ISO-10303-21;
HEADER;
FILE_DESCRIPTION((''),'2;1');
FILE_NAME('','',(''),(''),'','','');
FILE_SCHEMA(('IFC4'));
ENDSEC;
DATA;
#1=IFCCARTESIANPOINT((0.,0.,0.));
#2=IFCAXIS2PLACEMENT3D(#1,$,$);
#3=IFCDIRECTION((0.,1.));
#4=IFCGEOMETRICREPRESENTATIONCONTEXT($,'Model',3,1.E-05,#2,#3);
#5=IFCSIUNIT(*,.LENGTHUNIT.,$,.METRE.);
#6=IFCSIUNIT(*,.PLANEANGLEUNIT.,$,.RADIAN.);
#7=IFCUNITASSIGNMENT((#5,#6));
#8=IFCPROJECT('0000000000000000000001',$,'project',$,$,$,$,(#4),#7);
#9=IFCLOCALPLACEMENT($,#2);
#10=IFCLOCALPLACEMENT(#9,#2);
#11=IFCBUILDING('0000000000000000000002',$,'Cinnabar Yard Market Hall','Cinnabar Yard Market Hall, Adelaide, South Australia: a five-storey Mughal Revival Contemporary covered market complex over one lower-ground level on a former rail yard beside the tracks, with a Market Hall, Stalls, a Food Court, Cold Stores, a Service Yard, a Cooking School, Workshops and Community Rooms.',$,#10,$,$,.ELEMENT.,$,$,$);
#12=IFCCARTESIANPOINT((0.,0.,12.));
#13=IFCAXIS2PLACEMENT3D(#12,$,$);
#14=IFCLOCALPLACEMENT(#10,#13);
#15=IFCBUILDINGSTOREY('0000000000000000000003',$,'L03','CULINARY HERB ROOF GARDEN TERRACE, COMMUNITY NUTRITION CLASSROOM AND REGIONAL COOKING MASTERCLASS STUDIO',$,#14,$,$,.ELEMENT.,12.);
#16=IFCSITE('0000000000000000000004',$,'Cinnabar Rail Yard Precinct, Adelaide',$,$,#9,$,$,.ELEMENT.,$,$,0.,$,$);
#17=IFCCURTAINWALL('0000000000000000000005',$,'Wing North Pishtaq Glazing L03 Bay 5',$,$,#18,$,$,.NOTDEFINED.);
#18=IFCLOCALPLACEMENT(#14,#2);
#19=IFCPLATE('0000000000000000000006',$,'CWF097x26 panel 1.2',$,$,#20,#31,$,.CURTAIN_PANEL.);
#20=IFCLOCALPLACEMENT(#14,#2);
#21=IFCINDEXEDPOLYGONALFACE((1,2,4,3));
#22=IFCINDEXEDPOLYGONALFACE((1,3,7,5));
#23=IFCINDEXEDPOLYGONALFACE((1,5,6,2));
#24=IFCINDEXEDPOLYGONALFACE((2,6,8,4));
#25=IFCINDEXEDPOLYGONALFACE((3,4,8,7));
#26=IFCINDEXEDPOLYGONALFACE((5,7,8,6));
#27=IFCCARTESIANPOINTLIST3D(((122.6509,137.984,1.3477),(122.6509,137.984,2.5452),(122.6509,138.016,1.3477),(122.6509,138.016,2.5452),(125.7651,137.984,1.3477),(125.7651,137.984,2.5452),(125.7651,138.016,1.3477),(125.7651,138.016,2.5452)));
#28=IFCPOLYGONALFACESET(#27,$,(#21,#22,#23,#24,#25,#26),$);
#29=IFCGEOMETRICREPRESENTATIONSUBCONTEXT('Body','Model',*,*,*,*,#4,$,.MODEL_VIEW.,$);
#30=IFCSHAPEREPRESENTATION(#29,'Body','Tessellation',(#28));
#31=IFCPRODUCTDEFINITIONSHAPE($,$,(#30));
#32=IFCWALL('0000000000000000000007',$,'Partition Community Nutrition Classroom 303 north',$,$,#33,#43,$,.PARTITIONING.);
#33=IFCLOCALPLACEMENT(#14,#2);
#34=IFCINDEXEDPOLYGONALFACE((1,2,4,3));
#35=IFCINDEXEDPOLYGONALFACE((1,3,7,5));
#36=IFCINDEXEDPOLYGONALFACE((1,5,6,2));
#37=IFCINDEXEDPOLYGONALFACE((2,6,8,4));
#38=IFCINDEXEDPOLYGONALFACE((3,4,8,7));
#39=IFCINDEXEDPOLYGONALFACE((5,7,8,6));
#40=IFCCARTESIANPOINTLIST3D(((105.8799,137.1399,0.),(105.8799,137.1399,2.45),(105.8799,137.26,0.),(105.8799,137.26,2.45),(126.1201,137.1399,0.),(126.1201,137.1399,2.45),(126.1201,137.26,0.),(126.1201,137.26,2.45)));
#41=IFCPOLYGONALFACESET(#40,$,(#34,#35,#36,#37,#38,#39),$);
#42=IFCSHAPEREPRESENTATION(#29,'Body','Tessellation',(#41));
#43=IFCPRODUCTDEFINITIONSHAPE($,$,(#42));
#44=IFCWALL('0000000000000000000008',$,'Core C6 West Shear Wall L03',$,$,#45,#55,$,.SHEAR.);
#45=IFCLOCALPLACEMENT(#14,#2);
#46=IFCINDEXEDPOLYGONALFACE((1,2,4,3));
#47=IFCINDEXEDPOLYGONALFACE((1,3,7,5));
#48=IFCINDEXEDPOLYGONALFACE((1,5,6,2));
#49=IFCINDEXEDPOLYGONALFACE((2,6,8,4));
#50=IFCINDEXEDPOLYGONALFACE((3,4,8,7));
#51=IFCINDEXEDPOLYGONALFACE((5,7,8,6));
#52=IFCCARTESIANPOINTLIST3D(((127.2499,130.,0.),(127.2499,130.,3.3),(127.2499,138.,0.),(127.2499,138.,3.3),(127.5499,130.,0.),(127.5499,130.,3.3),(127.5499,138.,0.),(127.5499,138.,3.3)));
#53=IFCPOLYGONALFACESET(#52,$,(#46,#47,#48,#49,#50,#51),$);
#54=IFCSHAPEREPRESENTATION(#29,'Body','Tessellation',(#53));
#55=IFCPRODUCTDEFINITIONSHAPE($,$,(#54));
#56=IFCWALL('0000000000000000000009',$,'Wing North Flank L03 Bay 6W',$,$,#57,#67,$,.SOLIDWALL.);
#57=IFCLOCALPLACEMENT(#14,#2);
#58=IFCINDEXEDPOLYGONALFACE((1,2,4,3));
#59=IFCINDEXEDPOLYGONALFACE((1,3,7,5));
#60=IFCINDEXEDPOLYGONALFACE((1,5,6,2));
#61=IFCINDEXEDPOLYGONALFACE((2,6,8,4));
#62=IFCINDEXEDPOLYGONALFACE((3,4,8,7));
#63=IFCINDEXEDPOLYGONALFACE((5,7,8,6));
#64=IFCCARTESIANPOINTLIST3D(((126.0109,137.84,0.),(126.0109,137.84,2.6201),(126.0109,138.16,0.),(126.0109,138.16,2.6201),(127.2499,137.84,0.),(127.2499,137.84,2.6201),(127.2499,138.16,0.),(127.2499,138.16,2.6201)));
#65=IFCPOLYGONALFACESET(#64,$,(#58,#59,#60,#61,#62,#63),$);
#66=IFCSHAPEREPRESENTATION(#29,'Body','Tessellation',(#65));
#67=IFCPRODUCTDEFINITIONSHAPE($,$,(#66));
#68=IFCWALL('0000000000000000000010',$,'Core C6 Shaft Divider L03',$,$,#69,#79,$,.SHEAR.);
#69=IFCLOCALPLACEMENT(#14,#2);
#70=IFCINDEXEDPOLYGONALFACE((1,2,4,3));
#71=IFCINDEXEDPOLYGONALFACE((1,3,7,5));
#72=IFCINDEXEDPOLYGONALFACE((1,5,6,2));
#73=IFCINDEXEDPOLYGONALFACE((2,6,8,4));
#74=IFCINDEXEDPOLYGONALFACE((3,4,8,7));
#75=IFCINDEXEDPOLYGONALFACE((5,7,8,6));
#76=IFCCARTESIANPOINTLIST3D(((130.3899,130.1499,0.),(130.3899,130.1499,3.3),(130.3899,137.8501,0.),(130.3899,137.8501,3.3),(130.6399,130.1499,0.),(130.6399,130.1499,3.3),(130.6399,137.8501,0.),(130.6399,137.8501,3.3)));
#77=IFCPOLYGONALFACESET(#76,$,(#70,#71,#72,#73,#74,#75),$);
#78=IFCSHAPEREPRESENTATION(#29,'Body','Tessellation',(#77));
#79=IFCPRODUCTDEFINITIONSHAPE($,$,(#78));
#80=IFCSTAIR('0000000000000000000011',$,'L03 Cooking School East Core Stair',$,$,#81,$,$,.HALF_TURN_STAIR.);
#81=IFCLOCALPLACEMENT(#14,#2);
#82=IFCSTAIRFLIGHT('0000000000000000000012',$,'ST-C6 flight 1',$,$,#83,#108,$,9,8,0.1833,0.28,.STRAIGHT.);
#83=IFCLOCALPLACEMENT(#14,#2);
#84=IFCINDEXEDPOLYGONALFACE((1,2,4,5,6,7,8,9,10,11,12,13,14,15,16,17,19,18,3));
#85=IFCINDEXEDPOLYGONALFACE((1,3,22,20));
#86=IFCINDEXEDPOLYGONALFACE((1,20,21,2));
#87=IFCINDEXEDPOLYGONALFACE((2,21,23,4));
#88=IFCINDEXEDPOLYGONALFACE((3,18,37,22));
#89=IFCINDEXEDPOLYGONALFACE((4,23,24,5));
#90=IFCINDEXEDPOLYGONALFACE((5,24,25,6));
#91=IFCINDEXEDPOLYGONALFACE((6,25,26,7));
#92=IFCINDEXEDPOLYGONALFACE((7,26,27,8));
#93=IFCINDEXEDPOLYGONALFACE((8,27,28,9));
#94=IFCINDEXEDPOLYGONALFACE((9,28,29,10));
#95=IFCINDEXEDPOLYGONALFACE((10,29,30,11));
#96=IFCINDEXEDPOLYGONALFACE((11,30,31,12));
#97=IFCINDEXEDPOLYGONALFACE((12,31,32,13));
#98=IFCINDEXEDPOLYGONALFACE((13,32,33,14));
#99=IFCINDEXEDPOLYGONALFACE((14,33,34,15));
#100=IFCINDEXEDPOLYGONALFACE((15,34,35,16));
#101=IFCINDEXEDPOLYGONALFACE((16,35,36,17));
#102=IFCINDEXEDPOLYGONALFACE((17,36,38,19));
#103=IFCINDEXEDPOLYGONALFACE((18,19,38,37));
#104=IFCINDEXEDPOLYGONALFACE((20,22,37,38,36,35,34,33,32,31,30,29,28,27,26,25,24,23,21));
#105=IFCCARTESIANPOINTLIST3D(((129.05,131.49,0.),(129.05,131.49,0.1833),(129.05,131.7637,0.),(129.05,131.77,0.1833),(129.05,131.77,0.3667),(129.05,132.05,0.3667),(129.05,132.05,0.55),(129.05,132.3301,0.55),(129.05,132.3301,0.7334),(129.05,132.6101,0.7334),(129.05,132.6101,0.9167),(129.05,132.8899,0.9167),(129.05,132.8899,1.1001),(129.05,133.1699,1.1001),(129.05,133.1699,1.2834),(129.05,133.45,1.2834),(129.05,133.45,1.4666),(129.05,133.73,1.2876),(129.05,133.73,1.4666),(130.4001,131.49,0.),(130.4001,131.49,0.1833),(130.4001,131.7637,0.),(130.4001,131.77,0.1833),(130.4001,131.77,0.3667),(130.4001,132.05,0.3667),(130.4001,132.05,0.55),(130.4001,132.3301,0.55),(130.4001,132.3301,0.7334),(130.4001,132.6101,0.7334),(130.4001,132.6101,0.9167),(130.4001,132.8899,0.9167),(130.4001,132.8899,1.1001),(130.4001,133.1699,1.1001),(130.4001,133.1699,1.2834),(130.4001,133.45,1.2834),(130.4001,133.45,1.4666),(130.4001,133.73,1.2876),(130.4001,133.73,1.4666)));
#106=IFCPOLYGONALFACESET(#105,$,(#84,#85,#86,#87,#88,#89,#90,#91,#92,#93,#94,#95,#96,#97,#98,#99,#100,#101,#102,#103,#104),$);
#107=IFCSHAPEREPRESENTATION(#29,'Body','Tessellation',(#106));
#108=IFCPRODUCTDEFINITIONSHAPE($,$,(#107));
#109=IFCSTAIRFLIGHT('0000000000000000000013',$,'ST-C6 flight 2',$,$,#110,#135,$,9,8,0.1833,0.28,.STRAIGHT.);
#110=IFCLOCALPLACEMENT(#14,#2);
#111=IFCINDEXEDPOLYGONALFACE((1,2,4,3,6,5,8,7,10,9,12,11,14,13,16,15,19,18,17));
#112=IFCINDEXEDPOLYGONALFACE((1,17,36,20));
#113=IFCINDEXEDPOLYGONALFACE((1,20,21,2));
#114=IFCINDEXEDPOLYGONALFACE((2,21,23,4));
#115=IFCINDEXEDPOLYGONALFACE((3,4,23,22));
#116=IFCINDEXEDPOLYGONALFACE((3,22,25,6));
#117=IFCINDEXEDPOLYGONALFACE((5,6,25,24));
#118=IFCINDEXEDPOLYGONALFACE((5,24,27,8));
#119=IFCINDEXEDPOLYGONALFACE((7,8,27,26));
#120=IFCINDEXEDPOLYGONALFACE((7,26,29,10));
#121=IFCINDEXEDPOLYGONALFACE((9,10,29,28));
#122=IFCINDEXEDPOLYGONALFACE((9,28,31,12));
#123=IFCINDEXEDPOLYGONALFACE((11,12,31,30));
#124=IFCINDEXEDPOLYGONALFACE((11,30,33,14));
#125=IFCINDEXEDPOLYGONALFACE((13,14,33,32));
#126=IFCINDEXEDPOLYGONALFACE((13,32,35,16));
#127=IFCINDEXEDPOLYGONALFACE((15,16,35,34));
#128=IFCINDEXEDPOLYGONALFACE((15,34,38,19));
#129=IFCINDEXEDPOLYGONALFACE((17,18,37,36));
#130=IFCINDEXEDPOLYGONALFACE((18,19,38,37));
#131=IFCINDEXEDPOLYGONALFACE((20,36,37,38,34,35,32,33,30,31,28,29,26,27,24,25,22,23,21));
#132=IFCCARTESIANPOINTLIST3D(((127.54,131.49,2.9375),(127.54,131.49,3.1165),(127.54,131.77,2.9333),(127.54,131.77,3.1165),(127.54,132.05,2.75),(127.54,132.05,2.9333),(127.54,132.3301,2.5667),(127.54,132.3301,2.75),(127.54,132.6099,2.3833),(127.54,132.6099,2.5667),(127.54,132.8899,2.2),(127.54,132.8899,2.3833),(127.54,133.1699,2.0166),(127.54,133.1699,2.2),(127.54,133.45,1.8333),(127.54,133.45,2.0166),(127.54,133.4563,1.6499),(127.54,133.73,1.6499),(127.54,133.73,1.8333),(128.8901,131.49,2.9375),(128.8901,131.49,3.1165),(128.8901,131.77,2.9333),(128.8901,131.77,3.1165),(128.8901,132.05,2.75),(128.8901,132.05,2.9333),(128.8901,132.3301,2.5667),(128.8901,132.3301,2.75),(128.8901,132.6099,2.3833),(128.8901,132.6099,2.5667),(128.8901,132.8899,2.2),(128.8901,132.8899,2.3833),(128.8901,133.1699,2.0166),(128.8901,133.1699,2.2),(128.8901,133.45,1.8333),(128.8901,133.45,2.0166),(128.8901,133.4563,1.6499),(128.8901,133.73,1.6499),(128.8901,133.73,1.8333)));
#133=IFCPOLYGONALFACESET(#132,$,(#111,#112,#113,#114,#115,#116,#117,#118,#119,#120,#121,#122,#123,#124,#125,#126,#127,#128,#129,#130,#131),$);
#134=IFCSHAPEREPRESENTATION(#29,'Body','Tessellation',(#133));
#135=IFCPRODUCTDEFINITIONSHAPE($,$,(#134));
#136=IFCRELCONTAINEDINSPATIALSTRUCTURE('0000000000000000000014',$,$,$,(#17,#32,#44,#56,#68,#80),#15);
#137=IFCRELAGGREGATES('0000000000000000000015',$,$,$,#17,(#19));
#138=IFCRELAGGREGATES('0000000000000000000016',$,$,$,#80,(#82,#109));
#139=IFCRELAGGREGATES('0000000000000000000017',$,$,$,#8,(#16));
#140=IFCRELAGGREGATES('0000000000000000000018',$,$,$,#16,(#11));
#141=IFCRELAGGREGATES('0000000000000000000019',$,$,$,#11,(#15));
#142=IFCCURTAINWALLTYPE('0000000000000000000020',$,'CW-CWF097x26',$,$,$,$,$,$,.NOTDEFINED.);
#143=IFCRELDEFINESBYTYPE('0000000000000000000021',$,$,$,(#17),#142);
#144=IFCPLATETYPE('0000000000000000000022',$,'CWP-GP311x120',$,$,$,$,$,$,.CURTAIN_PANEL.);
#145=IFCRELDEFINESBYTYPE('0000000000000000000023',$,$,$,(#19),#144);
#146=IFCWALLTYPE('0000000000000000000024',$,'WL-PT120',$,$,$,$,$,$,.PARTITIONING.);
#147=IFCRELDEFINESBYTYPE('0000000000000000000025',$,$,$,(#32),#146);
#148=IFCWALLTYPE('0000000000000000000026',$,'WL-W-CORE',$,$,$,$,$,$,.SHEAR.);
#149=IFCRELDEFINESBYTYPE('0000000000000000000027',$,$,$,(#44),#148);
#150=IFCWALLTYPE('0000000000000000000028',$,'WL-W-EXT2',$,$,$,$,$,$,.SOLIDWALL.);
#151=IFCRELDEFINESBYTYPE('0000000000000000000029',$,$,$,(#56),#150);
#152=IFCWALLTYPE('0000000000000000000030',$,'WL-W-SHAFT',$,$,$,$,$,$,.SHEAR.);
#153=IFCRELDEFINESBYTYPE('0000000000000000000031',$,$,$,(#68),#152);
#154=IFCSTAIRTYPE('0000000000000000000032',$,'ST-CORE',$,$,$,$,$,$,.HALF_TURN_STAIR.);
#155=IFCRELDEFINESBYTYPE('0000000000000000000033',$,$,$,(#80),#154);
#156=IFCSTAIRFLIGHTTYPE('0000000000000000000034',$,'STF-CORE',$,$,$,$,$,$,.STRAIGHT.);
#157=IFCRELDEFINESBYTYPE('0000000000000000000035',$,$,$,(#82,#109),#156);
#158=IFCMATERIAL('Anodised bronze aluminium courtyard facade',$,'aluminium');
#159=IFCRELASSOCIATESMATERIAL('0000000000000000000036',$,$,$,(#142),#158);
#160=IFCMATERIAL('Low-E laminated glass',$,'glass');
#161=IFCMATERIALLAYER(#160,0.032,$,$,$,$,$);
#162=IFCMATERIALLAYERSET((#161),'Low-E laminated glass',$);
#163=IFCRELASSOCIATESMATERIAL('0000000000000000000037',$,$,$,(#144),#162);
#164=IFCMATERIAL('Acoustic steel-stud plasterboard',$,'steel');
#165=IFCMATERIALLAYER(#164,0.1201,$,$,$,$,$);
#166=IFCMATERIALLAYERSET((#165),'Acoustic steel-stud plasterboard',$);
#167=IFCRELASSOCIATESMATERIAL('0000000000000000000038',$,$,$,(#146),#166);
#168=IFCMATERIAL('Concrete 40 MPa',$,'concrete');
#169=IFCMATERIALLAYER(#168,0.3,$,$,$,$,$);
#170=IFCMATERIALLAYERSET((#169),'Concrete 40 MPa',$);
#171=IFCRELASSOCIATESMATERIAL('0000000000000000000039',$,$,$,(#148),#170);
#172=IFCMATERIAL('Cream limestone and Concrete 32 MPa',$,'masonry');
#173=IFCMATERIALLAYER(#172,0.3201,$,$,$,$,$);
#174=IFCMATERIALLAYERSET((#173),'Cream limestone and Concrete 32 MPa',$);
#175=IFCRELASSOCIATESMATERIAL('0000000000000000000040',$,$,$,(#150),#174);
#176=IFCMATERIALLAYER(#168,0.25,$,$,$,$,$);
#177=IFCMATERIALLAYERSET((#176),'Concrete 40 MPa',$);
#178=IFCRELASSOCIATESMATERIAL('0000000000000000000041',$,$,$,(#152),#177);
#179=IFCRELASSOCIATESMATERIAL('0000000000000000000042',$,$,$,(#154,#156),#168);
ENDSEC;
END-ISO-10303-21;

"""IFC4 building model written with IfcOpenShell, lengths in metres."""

from ifc_helpers import new_model, si_unit, direction, frame, frame_2d, origin, origin_2d_with_axis, place, context, subcontext, project, spatial, polyline, rectangle, outline, extrude, material, layer, layer_set, type_object, element, aggregate, save


model = new_model("IFC4")

# Units and contexts
model_context = context("Model", 3, precision=1e-05, world=origin(), true_north=direction((0.0, 1.0)))
body_context = subcontext(model_context, "Body", "Model", "MODEL_VIEW")
ifc_project = project(units=[si_unit("LENGTHUNIT", "METRE"), si_unit("PLANEANGLEUNIT", "RADIAN")], contexts=[model_context])

# Site, building, storey
site_placement = place(None, origin())
site = spatial("IfcSite", under=ifc_project, at=site_placement, Name="Cinnabar Rail Yard Precinct, Adelaide", CompositionType="ELEMENT", RefElevation=0.0)
building_placement = place(site_placement, origin())
building = spatial("IfcBuilding", under=site, at=building_placement, Name="Cinnabar Yard Market Hall", Description="Cinnabar Yard Market Hall, Adelaide, South Australia: a five-storey Mughal Revival Contemporary covered market complex over one lower-ground level on a former rail yard beside the tracks, with a Market Hall, Stalls, a Food Court, Cold Stores, a Service Yard, a Cooking School, Workshops and Community Rooms.", CompositionType="ELEMENT")
storey_placement = place(building_placement, frame((0.0, 0.0, 12.0)))
storey = spatial("IfcBuildingStorey", under=building, at=storey_placement, Name="L03", Description="CULINARY HERB ROOF GARDEN TERRACE, COMMUNITY NUTRITION CLASSROOM AND REGIONAL COOKING MASTERCLASS STUDIO", CompositionType="ELEMENT", Elevation=12.0)

# Curtain wall, plate
ifc_material_1 = material(Name="Anodised bronze aluminium courtyard facade", Category="aluminium")
curtain_wall_type = type_object("IfcCurtainWallType", Name="CW-CWF097x26", PredefinedType="NOTDEFINED", material=ifc_material_1)
curtain_wall_placement = place(storey_placement, origin())
curtain_wall = element("IfcCurtainWall", 1, at=curtain_wall_placement, inside=storey, type_object=curtain_wall_type, Name="Wing North Pishtaq Glazing L03 Bay 5", PredefinedType="NOTDEFINED")
ifc_material_2 = material(Name="Low-E laminated glass", Category="glass")
ifc_layer_1 = layer(ifc_material_2, 0.032)
ifc_layer_set_1 = layer_set([ifc_layer_1], Name="Low-E laminated glass")
plate_type = type_object("IfcPlateType", Name="CWP-GP311x120", PredefinedType="CURTAIN_PANEL", material=ifc_layer_set_1)
plate_1_placement = place(storey_placement, frame((124.208, 138.0, 1.3477), z_axis=(0.0, 0.0, 1.0), x_axis=(-1.0, 0.0, 0.0)))
plate_1 = element("IfcPlate", 2, at=plate_1_placement, type_object=plate_type, Name="CWF097x26 panel 1.2", PredefinedType="CURTAIN_PANEL", context=body_context, shape_type="SweptSolid", body=[
    extrude(rectangle(XDim=3.1143, YDim=0.032, at=origin_2d_with_axis()), origin(), (0.0, 0.0, 1.0), 1.1975),
])
aggregate(curtain_wall, [plate_1])

# Walls
ifc_material_3 = material(Name="Acoustic steel-stud plasterboard", Category="steel")
ifc_layer_2 = layer(ifc_material_3, 0.1201)
ifc_layer_set_2 = layer_set([ifc_layer_2], Name="Acoustic steel-stud plasterboard")
wall_type_1 = type_object("IfcWallType", Name="WL-PT120", PredefinedType="PARTITIONING", material=ifc_layer_set_2)
wall_1_placement = place(storey_placement, frame((126.1201, 137.2, 0.0), z_axis=(0.0, 0.0, 1.0), x_axis=(-1.0, 0.0, 0.0)))
element("IfcWall", 3, at=wall_1_placement, inside=storey, type_object=wall_type_1, Name="Partition Community Nutrition Classroom 303 north", PredefinedType="PARTITIONING", context=body_context, shape_type="SweptSolid", body=[
    extrude(rectangle(XDim=20.2402, YDim=0.1201, at=frame_2d((10.1201, 0.0), x_axis=(1.0, 0.0))), origin(), (0.0, 0.0, 1.0), 2.45),
])
ifc_material_4 = material(Name="Concrete 40 MPa", Category="concrete")
ifc_layer_3 = layer(ifc_material_4, 0.3)
ifc_layer_set_3 = layer_set([ifc_layer_3], Name="Concrete 40 MPa")
wall_type_2 = type_object("IfcWallType", Name="WL-W-CORE", PredefinedType="SHEAR", material=ifc_layer_set_3)
wall_2_placement = place(storey_placement, frame((127.3999, 138.0, 0.0), z_axis=(0.0, 0.0, 1.0), x_axis=(0.0, -1.0, 0.0)))
element("IfcWall", 4, at=wall_2_placement, inside=storey, type_object=wall_type_2, Name="Core C6 West Shear Wall L03", PredefinedType="SHEAR", context=body_context, shape_type="SweptSolid", body=[
    extrude(rectangle(XDim=8.0, YDim=0.3, at=frame_2d((4.0, 0.0), x_axis=(1.0, 0.0))), origin(), (0.0, 0.0, 1.0), 3.3),
])
ifc_material_5 = material(Name="Cream limestone and Concrete 32 MPa", Category="masonry")
ifc_layer_4 = layer(ifc_material_5, 0.3201)
ifc_layer_set_4 = layer_set([ifc_layer_4], Name="Cream limestone and Concrete 32 MPa")
wall_type_3 = type_object("IfcWallType", Name="WL-W-EXT2", PredefinedType="SOLIDWALL", material=ifc_layer_set_4)
wall_3_placement = place(storey_placement, frame((127.25, 138.0, 0.0), z_axis=(0.0, 0.0, 1.0), x_axis=(-1.0, 0.0, 0.0)))
element("IfcWall", 5, at=wall_3_placement, inside=storey, type_object=wall_type_3, Name="Wing North Flank L03 Bay 6W", PredefinedType="SOLIDWALL", context=body_context, shape_type="SweptSolid", body=[
    extrude(rectangle(XDim=1.239, YDim=0.3201, at=frame_2d((0.6196, 0.0), x_axis=(1.0, 0.0))), origin(), (0.0, 0.0, 1.0), 2.6201),
])
ifc_layer_5 = layer(ifc_material_4, 0.25)
ifc_layer_set_5 = layer_set([ifc_layer_5], Name="Concrete 40 MPa")
wall_type_4 = type_object("IfcWallType", Name="WL-W-SHAFT", PredefinedType="SHEAR", material=ifc_layer_set_5)
wall_4_placement = place(storey_placement, frame((130.5149, 130.1499, 0.0), z_axis=(0.0, 0.0, 1.0), x_axis=(0.0, 1.0, 0.0)))
element("IfcWall", 6, at=wall_4_placement, inside=storey, type_object=wall_type_4, Name="Core C6 Shaft Divider L03", PredefinedType="SHEAR", context=body_context, shape_type="SweptSolid", body=[
    extrude(rectangle(XDim=7.7002, YDim=0.25, at=frame_2d((3.8501, 0.0), x_axis=(1.0, 0.0))), origin(), (0.0, 0.0, 1.0), 3.3),
])

# Stair, stair flights
stair_type = type_object("IfcStairType", Name="ST-CORE", PredefinedType="HALF_TURN_STAIR", material=ifc_material_4)
stair_placement = place(storey_placement, origin())
stair = element("IfcStair", 7, at=stair_placement, inside=storey, type_object=stair_type, Name="L03 Cooking School East Core Stair", PredefinedType="HALF_TURN_STAIR")
stair_flight_type = type_object("IfcStairFlightType", Name="STF-CORE", PredefinedType="STRAIGHT", material=ifc_material_4)
stair_flight_1_placement = place(storey_placement, frame((129.7251, 131.49, 0.0), z_axis=(0.0, 0.0, 1.0), x_axis=(0.0, 1.0, 0.0)))
stair_flight_1 = element("IfcStairFlight", 8, at=stair_flight_1_placement, type_object=stair_flight_type, Name="ST-C6 flight 1", NumberOfRisers=9, NumberOfTreads=8, PredefinedType="STRAIGHT", RiserHeight=0.1833, TreadLength=0.28, context=body_context, shape_type="SweptSolid", body=[
    extrude(outline(polyline([(0.0, 0.0), (0.0, 0.1833), (0.28, 0.1833), (0.28, 0.3667), (0.5601, 0.3667), (0.5601, 0.55), (0.8401, 0.55), (0.8401, 0.7334), (1.1201, 0.7334), (1.1201, 0.9167), (1.3999, 0.9167), (1.3999, 1.1001), (1.6799, 1.1001), (1.6799, 1.2834), (1.96, 1.2834), (1.96, 1.4666), (2.24, 1.4666), (2.24, 1.6499), (2.24, 1.2876), (0.2737, 0.0), (0.0, 0.0)])), frame((0.0, 0.675, 0.0), z_axis=(0.0, -1.0, 0.0), x_axis=(1.0, 0.0, 0.0)), (0.0, 0.0, 1.0), 1.3501),
])
stair_flight_2_placement = place(storey_placement, frame((128.2151, 133.73, 1.6499), z_axis=(0.0, 0.0, 1.0), x_axis=(0.0, -1.0, 0.0)))
stair_flight_2 = element("IfcStairFlight", 9, at=stair_flight_2_placement, type_object=stair_flight_type, Name="ST-C6 flight 2", NumberOfRisers=9, NumberOfTreads=8, PredefinedType="STRAIGHT", RiserHeight=0.1833, TreadLength=0.28, context=body_context, shape_type="SweptSolid", body=[
    extrude(outline(polyline([(0.0, 0.0), (0.0, 0.1833), (0.28, 0.1833), (0.28, 0.3667), (0.5601, 0.3667), (0.5601, 0.55), (0.8401, 0.55), (0.8401, 0.7334), (1.1201, 0.7334), (1.1201, 0.9167), (1.3999, 0.9167), (1.3999, 1.1001), (1.6799, 1.1001), (1.6799, 1.2834), (1.96, 1.2834), (1.96, 1.4666), (2.24, 1.4666), (2.24, 1.6499), (2.24, 1.2876), (0.2737, 0.0), (0.0, 0.0)])), frame((0.0, 0.675, 0.0), z_axis=(0.0, -1.0, 0.0), x_axis=(1.0, 0.0, 0.0)), (0.0, 0.0, 1.0), 1.3501),
])
aggregate(stair, [stair_flight_1, stair_flight_2])

save(model, "model.ifc")
